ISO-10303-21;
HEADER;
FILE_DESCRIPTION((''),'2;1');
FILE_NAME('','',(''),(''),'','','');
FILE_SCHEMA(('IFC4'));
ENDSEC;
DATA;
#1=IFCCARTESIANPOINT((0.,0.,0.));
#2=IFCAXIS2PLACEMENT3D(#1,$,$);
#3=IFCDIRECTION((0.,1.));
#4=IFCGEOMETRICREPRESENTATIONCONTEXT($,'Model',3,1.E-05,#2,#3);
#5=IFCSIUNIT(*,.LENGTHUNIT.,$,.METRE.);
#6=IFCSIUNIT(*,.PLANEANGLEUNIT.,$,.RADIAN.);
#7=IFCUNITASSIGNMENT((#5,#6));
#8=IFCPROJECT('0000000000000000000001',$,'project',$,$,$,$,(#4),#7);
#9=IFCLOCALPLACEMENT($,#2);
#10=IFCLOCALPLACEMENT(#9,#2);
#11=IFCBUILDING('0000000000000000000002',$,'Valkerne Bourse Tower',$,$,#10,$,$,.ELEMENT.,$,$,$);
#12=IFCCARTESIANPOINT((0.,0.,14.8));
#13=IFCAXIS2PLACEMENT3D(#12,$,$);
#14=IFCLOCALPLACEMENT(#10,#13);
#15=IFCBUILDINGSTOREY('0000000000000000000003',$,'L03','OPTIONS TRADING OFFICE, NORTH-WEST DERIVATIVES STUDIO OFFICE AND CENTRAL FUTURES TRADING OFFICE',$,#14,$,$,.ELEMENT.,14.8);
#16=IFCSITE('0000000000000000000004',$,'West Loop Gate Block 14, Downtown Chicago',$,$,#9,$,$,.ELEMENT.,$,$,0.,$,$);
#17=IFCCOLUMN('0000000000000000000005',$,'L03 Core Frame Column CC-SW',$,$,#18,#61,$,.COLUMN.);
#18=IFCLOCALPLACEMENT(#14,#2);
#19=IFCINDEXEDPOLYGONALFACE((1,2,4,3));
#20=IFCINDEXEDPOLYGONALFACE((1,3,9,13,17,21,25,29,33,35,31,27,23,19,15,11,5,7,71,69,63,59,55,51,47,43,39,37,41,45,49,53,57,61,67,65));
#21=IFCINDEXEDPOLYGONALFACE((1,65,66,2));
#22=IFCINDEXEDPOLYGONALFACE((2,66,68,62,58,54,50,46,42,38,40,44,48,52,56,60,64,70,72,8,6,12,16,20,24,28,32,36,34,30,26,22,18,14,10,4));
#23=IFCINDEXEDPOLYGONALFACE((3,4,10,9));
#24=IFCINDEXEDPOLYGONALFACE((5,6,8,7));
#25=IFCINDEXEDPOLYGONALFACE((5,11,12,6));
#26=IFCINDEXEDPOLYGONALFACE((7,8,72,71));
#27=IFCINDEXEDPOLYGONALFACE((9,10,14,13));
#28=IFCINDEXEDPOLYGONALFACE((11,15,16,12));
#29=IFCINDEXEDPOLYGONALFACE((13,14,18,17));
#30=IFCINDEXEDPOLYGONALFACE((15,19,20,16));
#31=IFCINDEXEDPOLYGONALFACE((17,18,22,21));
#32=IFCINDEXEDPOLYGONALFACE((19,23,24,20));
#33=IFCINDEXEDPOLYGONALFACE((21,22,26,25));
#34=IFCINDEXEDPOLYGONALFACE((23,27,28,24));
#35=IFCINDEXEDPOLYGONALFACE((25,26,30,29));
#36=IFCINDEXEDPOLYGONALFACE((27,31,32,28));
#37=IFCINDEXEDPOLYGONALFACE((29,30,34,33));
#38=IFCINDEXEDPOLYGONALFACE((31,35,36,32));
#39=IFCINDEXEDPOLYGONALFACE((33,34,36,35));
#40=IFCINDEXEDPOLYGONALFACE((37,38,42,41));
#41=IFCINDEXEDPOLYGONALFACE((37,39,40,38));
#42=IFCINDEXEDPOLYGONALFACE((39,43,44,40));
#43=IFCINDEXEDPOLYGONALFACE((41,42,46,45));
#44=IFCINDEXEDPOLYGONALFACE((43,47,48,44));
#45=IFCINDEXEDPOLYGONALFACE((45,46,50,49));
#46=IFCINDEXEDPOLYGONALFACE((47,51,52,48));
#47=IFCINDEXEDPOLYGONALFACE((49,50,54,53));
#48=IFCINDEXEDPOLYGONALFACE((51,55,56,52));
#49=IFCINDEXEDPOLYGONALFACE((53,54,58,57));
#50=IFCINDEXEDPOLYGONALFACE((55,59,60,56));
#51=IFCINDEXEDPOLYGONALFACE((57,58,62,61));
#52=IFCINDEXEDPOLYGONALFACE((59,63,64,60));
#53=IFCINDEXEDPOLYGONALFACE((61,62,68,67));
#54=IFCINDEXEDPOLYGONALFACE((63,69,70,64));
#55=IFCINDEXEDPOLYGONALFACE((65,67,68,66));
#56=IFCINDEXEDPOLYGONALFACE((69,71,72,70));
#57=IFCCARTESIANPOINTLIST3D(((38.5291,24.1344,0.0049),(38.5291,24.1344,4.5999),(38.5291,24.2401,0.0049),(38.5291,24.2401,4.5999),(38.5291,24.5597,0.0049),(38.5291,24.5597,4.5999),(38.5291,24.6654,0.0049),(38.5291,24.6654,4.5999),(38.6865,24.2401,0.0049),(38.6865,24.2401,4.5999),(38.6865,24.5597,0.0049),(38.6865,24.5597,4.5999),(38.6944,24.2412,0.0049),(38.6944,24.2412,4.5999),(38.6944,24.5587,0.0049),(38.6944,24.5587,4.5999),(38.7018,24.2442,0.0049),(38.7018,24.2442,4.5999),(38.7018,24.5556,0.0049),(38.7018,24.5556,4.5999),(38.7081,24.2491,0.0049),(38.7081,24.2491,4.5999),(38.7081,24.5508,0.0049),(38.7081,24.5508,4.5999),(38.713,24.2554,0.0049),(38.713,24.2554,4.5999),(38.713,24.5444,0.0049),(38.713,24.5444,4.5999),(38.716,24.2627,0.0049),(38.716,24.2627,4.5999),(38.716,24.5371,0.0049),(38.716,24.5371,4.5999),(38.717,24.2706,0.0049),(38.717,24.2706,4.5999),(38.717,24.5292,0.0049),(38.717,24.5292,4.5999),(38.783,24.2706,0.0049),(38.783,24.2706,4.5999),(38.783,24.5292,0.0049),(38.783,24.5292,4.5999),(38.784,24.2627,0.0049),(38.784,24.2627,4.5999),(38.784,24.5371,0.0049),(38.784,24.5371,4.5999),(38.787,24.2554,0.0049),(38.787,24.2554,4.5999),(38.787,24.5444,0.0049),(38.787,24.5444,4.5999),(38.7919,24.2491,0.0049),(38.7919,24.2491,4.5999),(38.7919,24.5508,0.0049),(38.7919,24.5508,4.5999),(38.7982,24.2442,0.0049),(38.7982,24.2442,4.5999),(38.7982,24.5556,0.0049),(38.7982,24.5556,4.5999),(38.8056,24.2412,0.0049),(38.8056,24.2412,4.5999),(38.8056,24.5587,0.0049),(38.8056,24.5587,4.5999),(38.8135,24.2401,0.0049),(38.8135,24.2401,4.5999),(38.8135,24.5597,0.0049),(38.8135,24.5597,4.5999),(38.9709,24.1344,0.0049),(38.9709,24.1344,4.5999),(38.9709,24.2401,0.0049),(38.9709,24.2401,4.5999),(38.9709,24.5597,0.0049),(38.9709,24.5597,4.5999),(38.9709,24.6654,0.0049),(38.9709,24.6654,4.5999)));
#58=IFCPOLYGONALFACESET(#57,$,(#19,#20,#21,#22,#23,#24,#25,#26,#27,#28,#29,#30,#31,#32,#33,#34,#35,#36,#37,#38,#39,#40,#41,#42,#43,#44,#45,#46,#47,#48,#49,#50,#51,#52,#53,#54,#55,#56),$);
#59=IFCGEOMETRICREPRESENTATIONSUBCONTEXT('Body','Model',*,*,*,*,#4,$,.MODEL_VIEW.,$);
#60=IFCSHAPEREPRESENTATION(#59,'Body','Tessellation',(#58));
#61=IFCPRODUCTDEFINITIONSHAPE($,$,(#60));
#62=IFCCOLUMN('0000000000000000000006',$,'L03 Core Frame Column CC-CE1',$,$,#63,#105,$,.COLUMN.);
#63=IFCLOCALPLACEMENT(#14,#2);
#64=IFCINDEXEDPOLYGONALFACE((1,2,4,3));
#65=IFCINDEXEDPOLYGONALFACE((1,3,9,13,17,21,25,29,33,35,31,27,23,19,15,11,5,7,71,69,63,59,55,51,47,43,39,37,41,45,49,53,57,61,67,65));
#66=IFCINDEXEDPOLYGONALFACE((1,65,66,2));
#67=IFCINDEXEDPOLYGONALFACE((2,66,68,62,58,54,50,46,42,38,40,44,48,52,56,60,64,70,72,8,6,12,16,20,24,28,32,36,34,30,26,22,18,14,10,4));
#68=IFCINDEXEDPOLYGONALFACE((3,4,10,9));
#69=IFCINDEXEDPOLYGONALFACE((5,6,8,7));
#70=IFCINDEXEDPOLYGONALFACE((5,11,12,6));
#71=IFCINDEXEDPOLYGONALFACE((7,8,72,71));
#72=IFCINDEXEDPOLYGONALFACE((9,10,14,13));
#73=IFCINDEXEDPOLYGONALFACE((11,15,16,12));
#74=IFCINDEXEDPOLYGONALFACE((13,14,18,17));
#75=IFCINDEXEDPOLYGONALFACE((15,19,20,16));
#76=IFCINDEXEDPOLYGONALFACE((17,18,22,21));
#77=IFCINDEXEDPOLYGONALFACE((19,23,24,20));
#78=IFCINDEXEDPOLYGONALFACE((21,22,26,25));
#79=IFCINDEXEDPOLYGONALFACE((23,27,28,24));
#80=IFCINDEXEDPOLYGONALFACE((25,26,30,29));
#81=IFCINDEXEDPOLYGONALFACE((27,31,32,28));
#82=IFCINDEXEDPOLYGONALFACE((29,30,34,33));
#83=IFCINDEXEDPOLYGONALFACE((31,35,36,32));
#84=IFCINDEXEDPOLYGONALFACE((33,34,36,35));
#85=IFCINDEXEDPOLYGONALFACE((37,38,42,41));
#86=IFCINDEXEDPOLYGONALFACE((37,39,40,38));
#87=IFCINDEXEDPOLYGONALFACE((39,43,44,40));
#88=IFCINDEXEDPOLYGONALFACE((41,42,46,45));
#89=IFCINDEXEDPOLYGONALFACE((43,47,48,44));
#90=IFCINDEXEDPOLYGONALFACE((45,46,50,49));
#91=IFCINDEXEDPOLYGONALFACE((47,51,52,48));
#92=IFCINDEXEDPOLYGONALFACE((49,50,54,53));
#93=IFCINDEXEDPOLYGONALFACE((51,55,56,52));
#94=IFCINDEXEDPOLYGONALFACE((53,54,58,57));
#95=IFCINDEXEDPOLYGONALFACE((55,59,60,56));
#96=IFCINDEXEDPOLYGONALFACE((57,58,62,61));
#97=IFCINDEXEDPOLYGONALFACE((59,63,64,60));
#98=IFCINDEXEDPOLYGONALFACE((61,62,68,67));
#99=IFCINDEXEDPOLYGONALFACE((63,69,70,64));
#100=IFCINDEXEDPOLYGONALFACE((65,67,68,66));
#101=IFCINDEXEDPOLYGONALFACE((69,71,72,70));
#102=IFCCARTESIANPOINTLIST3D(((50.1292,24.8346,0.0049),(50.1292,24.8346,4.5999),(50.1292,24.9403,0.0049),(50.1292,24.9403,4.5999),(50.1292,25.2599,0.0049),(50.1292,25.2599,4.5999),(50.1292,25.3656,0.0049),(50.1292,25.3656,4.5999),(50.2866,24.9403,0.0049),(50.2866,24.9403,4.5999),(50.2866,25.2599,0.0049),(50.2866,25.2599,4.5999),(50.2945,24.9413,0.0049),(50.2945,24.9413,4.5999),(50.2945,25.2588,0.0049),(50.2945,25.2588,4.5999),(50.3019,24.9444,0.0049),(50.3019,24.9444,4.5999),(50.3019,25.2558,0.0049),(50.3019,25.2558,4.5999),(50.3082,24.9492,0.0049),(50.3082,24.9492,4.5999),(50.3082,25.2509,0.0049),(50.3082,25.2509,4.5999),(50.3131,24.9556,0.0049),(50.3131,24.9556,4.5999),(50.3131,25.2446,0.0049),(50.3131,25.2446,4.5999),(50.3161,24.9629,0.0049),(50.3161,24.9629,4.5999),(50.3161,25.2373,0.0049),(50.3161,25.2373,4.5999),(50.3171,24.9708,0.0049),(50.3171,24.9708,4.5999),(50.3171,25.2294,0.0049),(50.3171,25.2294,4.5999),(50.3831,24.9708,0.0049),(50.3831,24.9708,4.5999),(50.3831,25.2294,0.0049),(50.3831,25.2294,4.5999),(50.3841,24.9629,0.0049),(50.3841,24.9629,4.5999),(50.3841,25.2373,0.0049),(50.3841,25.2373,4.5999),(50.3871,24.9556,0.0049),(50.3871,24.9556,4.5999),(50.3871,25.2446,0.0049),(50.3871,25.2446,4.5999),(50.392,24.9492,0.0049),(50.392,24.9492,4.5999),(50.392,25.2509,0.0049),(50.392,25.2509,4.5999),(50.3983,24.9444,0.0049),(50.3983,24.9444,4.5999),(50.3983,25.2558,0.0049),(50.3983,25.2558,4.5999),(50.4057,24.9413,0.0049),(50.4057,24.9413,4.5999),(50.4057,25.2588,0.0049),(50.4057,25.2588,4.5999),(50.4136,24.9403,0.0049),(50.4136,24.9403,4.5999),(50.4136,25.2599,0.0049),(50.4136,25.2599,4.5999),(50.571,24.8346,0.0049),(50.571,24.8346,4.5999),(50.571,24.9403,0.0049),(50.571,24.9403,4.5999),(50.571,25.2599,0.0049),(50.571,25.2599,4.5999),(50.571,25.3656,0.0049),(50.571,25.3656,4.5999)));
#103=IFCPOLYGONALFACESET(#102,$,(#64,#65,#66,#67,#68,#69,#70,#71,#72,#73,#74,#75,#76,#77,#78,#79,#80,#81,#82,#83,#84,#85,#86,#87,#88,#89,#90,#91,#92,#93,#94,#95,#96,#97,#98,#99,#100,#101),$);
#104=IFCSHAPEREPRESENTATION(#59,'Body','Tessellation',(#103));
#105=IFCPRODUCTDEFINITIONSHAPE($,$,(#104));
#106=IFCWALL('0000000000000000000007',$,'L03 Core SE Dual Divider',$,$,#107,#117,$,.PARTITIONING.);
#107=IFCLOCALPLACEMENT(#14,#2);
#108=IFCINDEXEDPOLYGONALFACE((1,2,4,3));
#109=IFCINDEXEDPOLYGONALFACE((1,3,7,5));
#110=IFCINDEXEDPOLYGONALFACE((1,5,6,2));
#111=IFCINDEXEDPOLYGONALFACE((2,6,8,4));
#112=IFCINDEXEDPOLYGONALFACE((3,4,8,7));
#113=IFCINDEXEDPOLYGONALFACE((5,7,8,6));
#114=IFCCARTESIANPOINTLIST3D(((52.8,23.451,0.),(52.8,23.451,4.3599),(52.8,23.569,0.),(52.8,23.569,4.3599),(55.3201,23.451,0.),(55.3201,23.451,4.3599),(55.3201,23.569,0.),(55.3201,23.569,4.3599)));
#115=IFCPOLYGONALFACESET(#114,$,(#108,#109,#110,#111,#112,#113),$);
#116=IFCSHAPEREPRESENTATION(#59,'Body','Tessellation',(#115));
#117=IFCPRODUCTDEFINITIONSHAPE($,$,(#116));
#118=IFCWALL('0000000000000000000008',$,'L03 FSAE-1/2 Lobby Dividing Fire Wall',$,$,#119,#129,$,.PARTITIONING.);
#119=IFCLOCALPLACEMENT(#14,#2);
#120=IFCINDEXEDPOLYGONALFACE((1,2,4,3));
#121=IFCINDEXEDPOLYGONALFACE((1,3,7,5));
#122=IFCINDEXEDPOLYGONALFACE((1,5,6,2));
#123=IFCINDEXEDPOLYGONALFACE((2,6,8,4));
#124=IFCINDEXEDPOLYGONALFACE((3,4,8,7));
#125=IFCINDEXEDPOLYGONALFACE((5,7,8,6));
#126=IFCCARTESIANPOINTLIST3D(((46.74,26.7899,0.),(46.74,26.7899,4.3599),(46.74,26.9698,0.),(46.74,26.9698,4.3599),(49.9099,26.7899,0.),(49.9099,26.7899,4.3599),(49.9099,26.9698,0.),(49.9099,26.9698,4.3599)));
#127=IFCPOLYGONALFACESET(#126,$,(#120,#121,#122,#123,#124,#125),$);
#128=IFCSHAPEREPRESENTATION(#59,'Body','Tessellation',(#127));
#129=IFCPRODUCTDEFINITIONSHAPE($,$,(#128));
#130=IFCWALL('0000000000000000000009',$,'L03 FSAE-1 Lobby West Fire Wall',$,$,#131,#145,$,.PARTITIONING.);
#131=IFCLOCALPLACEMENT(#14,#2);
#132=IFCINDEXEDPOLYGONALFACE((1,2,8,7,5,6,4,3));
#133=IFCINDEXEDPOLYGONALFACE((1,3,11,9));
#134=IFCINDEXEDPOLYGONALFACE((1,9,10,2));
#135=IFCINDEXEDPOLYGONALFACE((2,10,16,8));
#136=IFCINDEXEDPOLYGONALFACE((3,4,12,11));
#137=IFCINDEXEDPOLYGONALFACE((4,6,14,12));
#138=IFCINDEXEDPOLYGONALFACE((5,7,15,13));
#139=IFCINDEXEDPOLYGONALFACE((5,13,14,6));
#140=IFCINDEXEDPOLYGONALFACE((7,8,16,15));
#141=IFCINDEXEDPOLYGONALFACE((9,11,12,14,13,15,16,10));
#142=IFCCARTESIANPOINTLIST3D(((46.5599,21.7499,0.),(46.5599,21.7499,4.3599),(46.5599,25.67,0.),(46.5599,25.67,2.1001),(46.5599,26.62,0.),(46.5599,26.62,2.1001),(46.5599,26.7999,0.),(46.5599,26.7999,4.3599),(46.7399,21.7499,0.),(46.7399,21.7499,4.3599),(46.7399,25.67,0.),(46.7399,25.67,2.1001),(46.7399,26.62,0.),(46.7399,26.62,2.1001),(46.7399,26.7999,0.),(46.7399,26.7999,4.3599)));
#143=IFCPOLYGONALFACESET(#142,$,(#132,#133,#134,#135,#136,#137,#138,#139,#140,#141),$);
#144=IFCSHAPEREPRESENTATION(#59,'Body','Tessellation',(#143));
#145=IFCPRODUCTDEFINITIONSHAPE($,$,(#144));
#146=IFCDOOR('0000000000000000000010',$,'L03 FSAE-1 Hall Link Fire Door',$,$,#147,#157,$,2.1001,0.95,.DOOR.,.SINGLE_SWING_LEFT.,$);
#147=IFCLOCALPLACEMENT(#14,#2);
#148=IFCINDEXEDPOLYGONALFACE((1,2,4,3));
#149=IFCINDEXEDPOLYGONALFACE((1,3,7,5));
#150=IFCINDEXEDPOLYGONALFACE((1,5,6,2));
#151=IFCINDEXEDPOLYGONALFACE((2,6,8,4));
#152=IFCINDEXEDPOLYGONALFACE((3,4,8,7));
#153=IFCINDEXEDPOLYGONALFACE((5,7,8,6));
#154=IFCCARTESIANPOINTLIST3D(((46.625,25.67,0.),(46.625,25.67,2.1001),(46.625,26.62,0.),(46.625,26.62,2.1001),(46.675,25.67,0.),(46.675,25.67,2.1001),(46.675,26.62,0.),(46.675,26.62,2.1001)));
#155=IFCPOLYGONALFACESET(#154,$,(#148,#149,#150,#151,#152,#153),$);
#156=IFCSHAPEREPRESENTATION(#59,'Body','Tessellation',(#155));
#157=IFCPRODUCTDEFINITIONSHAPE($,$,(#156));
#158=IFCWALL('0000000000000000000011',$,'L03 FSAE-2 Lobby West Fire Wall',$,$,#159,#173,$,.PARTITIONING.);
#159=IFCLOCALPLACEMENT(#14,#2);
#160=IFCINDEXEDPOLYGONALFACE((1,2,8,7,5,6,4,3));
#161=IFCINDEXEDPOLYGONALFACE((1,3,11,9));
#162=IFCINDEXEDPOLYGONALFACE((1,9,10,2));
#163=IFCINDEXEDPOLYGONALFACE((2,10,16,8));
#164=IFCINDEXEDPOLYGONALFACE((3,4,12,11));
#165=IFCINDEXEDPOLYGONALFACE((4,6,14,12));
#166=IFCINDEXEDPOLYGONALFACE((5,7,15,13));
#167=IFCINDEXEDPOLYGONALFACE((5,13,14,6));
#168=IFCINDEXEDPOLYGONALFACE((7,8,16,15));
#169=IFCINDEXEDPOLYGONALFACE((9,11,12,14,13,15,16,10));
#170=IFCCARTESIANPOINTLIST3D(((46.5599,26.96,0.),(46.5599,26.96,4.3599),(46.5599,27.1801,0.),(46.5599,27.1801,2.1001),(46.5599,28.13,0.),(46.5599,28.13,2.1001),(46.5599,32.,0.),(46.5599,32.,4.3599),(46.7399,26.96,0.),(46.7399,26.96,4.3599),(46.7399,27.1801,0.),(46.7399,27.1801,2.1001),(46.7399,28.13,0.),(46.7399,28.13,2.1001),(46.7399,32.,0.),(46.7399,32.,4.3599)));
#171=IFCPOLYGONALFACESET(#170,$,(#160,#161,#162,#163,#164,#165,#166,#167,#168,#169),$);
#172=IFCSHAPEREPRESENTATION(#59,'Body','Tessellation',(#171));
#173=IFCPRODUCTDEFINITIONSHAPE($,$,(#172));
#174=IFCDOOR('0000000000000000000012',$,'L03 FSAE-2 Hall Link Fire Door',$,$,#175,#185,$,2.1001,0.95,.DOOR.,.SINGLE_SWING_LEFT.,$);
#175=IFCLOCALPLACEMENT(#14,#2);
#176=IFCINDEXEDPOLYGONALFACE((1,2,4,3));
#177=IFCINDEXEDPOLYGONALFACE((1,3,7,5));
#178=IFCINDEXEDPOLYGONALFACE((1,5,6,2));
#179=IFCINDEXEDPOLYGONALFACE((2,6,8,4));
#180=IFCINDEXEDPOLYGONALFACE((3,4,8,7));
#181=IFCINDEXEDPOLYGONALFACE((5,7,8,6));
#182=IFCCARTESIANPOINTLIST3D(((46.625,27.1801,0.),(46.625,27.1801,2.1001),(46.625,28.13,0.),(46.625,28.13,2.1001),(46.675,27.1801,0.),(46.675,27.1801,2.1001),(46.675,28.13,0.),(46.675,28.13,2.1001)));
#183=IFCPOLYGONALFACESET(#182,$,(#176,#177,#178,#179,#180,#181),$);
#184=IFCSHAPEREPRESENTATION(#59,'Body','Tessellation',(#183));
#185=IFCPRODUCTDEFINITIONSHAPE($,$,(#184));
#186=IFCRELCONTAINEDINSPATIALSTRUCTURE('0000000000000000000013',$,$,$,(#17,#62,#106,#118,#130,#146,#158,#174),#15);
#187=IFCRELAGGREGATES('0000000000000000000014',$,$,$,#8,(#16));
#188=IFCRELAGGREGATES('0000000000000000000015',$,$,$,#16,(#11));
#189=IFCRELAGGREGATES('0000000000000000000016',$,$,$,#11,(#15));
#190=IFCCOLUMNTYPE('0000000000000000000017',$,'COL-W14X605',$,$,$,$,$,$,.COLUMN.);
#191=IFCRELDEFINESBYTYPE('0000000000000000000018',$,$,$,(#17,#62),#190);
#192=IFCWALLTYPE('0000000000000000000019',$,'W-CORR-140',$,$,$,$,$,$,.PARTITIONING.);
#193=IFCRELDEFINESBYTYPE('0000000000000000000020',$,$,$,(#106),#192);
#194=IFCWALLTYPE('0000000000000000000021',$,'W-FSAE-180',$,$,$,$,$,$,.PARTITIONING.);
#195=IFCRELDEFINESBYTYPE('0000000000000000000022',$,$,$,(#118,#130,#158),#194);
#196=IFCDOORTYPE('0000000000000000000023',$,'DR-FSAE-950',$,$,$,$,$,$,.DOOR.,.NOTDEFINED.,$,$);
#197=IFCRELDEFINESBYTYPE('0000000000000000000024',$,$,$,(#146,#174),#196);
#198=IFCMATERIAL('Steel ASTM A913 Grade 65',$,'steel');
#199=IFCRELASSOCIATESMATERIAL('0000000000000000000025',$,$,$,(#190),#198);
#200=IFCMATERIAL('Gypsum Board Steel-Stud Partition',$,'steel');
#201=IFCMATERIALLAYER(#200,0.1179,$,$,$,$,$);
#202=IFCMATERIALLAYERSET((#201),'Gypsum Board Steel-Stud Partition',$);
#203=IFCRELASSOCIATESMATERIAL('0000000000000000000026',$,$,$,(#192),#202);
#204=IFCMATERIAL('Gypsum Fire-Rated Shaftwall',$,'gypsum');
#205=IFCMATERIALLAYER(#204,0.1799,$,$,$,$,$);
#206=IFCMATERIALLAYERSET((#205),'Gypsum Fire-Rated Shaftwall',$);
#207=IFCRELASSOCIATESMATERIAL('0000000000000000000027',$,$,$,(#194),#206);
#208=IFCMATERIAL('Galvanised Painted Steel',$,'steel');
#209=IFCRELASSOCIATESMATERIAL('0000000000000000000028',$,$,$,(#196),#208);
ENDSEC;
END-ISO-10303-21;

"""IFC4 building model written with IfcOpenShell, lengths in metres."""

from ifc_helpers import new_model, si_unit, direction, frame, frame_2d, origin, origin_2d, place, context, subcontext, project, spatial, rectangle, i_section, extrude, material, layer, layer_set, material_profile, profile_set, type_object, element, fill, save


model = new_model("IFC4")

# Units and contexts
model_context = context("Model", 3, precision=1e-05, world=origin(), true_north=direction((0.0, 1.0)))
body_context = subcontext(model_context, "Body", "Model", "MODEL_VIEW")
ifc_project = project(units=[si_unit("LENGTHUNIT", "METRE"), si_unit("PLANEANGLEUNIT", "RADIAN")], contexts=[model_context])

# Site, building, storey
site_placement = place(None, origin())
site = spatial("IfcSite", under=ifc_project, at=site_placement, Name="West Loop Gate Block 14, Downtown Chicago", CompositionType="ELEMENT", RefElevation=0.0)
building_placement = place(site_placement, origin())
building = spatial("IfcBuilding", under=site, at=building_placement, Name="Valkerne Bourse Tower", CompositionType="ELEMENT")
storey_placement = place(building_placement, frame((0.0, 0.0, 14.8)))
storey = spatial("IfcBuildingStorey", under=building, at=storey_placement, Name="L03", Description="OPTIONS TRADING OFFICE, NORTH-WEST DERIVATIVES STUDIO OFFICE AND CENTRAL FUTURES TRADING OFFICE", CompositionType="ELEMENT", Elevation=14.8)

# Columns
ifc_material_1 = material(Name="Steel ASTM A913 Grade 65", Category="steel")
ifc_material_profile = material_profile(ifc_material_1, i_section(OverallWidth=0.4419, OverallDepth=0.531, WebThickness=0.0659, FlangeThickness=0.1057, FilletRadius=0.0305, at=origin_2d()), Name="W14X605")
ifc_profile_set = profile_set([ifc_material_profile], Name="Steel ASTM A913 Grade 65")
column_type = type_object("IfcColumnType", Name="COL-W14X605", PredefinedType="COLUMN", material=ifc_profile_set)
for number, where, z_axis, x_axis, name in (
    (1, (38.75, 24.3999, 0.0049), (0.0, 0.0, 1.0), (1.0, 0.0, 0.0), "L03 Core Frame Column CC-SW"),
    (2, (50.3501, 25.1001, 0.0049), (0.0, 0.0, 1.0), (1.0, 0.0, 0.0), "L03 Core Frame Column CC-CE1"),
):
    element("IfcColumn", number, at=place(storey_placement, frame(where, z_axis=z_axis, x_axis=x_axis)), inside=storey, type_object=column_type, Name=name, PredefinedType="COLUMN", context=body_context, shape_type="SweptSolid", body=[
        extrude(i_section(OverallWidth=0.4419, OverallDepth=0.531, WebThickness=0.0659, FlangeThickness=0.1057, FilletRadius=0.0305, at=origin_2d()), origin(), (0.0, 0.0, 1.0), 4.595),
    ])

# Walls
ifc_material_2 = material(Name="Gypsum Board Steel-Stud Partition", Category="steel")
ifc_layer_1 = layer(ifc_material_2, 0.1179)
ifc_layer_set_1 = layer_set([ifc_layer_1], Name="Gypsum Board Steel-Stud Partition")
wall_type_1 = type_object("IfcWallType", Name="W-CORR-140", PredefinedType="PARTITIONING", material=ifc_layer_set_1)
wall_1_placement = place(storey_placement, frame((52.8, 23.51, 0.0), z_axis=(0.0, 0.0, 1.0), x_axis=(1.0, 0.0, 0.0)))
element("IfcWall", 3, at=wall_1_placement, inside=storey, type_object=wall_type_1, Name="L03 Core SE Dual Divider", PredefinedType="PARTITIONING", context=body_context, shape_type="SweptSolid", body=[
    extrude(rectangle(XDim=2.52, YDim=0.1179, at=frame_2d((1.26, 0.0))), origin(), (0.0, 0.0, 1.0), 4.3599),
])
ifc_material_3 = material(Name="Gypsum Fire-Rated Shaftwall", Category="gypsum")
ifc_layer_2 = layer(ifc_material_3, 0.1799)
ifc_layer_set_2 = layer_set([ifc_layer_2], Name="Gypsum Fire-Rated Shaftwall")
wall_type_2 = type_object("IfcWallType", Name="W-FSAE-180", PredefinedType="PARTITIONING", material=ifc_layer_set_2)
wall_2_placement = place(storey_placement, frame((46.74, 26.8799, 0.0), z_axis=(0.0, 0.0, 1.0), x_axis=(1.0, 0.0, 0.0)))
element("IfcWall", 4, at=wall_2_placement, inside=storey, type_object=wall_type_2, Name="L03 FSAE-1/2 Lobby Dividing Fire Wall", PredefinedType="PARTITIONING", context=body_context, shape_type="SweptSolid", body=[
    extrude(rectangle(XDim=3.1699, YDim=0.1799, at=frame_2d((1.585, 0.0))), origin(), (0.0, 0.0, 1.0), 4.3599),
])

# Walls, openings, doors
wall_3_placement = place(storey_placement, frame((46.6499, 21.75, 0.0), z_axis=(0.0, 0.0, 1.0), x_axis=(0.0, 1.0, 0.0)))
wall_3 = element("IfcWall", 5, at=wall_3_placement, inside=storey, type_object=wall_type_2, Name="L03 FSAE-1 Lobby West Fire Wall", PredefinedType="PARTITIONING", context=body_context, shape_type="SweptSolid", body=[
    extrude(rectangle(XDim=5.05, YDim=0.1799, at=frame_2d((2.5249, 0.0))), origin(), (0.0, 0.0, 1.0), 4.3599),
])
opening_1_placement = place(wall_3_placement, frame((3.9199, 0.0, 0.0)))
opening_1 = element("IfcOpeningElement", 6, at=opening_1_placement, cuts=wall_3, PredefinedType="OPENING", context=body_context, shape_type="SweptSolid", body=[
    extrude(rectangle(XDim=0.95, YDim=2.1001, at=frame_2d((0.4751, 1.05))), frame((0.0, 0.0999, 0.0), z_axis=(0.0, -1.0, 0.0), x_axis=(1.0, 0.0, 0.0)), (0.0, 0.0, 1.0), 0.2),
])
ifc_material_4 = material(Name="Galvanised Painted Steel", Category="steel")
door_type_1 = type_object("IfcDoorType", Name="DR-FSAE-950", OperationType="NOTDEFINED", PredefinedType="DOOR", material=ifc_material_4)
door_1_placement = place(opening_1_placement, origin())
door_1 = element("IfcDoor", 7, at=door_1_placement, inside=storey, type_object=door_type_1, Name="L03 FSAE-1 Hall Link Fire Door", OperationType="SINGLE_SWING_LEFT", OverallHeight=2.1001, OverallWidth=0.95, PredefinedType="DOOR", context=body_context, shape_type="SweptSolid", body=[
    extrude(rectangle(XDim=0.95, YDim=2.1001, at=frame_2d((0.4751, 1.05))), frame((0.0, 0.0249, 0.0), z_axis=(0.0, -1.0, 0.0), x_axis=(1.0, 0.0, 0.0)), (0.0, 0.0, 1.0), 0.05),
])
fill(opening_1, door_1)
wall_4_placement = place(storey_placement, frame((46.6499, 26.96, 0.0), z_axis=(0.0, 0.0, 1.0), x_axis=(0.0, 1.0, 0.0)))
wall_4 = element("IfcWall", 8, at=wall_4_placement, inside=storey, type_object=wall_type_2, Name="L03 FSAE-2 Lobby West Fire Wall", PredefinedType="PARTITIONING", context=body_context, shape_type="SweptSolid", body=[
    extrude(rectangle(XDim=5.04, YDim=0.1799, at=frame_2d((2.52, 0.0))), origin(), (0.0, 0.0, 1.0), 4.3599),
])
opening_2_placement = place(wall_4_placement, frame((0.22, 0.0, 0.0)))
opening_2 = element("IfcOpeningElement", 9, at=opening_2_placement, cuts=wall_4, PredefinedType="OPENING", context=body_context, shape_type="SweptSolid", body=[
    extrude(rectangle(XDim=0.95, YDim=2.1001, at=frame_2d((0.4751, 1.05))), frame((0.0, 0.0999, 0.0), z_axis=(0.0, -1.0, 0.0), x_axis=(1.0, 0.0, 0.0)), (0.0, 0.0, 1.0), 0.2),
])
door_2_placement = place(opening_2_placement, origin())
door_2 = element("IfcDoor", 10, at=door_2_placement, inside=storey, type_object=door_type_1, Name="L03 FSAE-2 Hall Link Fire Door", OperationType="SINGLE_SWING_LEFT", OverallHeight=2.1001, OverallWidth=0.95, PredefinedType="DOOR", context=body_context, shape_type="SweptSolid", body=[
    extrude(rectangle(XDim=0.95, YDim=2.1001, at=frame_2d((0.4751, 1.05))), frame((0.0, 0.0249, 0.0), z_axis=(0.0, -1.0, 0.0), x_axis=(1.0, 0.0, 0.0)), (0.0, 0.0, 1.0), 0.05),
])
fill(opening_2, door_2)

save(model, "model.ifc")
